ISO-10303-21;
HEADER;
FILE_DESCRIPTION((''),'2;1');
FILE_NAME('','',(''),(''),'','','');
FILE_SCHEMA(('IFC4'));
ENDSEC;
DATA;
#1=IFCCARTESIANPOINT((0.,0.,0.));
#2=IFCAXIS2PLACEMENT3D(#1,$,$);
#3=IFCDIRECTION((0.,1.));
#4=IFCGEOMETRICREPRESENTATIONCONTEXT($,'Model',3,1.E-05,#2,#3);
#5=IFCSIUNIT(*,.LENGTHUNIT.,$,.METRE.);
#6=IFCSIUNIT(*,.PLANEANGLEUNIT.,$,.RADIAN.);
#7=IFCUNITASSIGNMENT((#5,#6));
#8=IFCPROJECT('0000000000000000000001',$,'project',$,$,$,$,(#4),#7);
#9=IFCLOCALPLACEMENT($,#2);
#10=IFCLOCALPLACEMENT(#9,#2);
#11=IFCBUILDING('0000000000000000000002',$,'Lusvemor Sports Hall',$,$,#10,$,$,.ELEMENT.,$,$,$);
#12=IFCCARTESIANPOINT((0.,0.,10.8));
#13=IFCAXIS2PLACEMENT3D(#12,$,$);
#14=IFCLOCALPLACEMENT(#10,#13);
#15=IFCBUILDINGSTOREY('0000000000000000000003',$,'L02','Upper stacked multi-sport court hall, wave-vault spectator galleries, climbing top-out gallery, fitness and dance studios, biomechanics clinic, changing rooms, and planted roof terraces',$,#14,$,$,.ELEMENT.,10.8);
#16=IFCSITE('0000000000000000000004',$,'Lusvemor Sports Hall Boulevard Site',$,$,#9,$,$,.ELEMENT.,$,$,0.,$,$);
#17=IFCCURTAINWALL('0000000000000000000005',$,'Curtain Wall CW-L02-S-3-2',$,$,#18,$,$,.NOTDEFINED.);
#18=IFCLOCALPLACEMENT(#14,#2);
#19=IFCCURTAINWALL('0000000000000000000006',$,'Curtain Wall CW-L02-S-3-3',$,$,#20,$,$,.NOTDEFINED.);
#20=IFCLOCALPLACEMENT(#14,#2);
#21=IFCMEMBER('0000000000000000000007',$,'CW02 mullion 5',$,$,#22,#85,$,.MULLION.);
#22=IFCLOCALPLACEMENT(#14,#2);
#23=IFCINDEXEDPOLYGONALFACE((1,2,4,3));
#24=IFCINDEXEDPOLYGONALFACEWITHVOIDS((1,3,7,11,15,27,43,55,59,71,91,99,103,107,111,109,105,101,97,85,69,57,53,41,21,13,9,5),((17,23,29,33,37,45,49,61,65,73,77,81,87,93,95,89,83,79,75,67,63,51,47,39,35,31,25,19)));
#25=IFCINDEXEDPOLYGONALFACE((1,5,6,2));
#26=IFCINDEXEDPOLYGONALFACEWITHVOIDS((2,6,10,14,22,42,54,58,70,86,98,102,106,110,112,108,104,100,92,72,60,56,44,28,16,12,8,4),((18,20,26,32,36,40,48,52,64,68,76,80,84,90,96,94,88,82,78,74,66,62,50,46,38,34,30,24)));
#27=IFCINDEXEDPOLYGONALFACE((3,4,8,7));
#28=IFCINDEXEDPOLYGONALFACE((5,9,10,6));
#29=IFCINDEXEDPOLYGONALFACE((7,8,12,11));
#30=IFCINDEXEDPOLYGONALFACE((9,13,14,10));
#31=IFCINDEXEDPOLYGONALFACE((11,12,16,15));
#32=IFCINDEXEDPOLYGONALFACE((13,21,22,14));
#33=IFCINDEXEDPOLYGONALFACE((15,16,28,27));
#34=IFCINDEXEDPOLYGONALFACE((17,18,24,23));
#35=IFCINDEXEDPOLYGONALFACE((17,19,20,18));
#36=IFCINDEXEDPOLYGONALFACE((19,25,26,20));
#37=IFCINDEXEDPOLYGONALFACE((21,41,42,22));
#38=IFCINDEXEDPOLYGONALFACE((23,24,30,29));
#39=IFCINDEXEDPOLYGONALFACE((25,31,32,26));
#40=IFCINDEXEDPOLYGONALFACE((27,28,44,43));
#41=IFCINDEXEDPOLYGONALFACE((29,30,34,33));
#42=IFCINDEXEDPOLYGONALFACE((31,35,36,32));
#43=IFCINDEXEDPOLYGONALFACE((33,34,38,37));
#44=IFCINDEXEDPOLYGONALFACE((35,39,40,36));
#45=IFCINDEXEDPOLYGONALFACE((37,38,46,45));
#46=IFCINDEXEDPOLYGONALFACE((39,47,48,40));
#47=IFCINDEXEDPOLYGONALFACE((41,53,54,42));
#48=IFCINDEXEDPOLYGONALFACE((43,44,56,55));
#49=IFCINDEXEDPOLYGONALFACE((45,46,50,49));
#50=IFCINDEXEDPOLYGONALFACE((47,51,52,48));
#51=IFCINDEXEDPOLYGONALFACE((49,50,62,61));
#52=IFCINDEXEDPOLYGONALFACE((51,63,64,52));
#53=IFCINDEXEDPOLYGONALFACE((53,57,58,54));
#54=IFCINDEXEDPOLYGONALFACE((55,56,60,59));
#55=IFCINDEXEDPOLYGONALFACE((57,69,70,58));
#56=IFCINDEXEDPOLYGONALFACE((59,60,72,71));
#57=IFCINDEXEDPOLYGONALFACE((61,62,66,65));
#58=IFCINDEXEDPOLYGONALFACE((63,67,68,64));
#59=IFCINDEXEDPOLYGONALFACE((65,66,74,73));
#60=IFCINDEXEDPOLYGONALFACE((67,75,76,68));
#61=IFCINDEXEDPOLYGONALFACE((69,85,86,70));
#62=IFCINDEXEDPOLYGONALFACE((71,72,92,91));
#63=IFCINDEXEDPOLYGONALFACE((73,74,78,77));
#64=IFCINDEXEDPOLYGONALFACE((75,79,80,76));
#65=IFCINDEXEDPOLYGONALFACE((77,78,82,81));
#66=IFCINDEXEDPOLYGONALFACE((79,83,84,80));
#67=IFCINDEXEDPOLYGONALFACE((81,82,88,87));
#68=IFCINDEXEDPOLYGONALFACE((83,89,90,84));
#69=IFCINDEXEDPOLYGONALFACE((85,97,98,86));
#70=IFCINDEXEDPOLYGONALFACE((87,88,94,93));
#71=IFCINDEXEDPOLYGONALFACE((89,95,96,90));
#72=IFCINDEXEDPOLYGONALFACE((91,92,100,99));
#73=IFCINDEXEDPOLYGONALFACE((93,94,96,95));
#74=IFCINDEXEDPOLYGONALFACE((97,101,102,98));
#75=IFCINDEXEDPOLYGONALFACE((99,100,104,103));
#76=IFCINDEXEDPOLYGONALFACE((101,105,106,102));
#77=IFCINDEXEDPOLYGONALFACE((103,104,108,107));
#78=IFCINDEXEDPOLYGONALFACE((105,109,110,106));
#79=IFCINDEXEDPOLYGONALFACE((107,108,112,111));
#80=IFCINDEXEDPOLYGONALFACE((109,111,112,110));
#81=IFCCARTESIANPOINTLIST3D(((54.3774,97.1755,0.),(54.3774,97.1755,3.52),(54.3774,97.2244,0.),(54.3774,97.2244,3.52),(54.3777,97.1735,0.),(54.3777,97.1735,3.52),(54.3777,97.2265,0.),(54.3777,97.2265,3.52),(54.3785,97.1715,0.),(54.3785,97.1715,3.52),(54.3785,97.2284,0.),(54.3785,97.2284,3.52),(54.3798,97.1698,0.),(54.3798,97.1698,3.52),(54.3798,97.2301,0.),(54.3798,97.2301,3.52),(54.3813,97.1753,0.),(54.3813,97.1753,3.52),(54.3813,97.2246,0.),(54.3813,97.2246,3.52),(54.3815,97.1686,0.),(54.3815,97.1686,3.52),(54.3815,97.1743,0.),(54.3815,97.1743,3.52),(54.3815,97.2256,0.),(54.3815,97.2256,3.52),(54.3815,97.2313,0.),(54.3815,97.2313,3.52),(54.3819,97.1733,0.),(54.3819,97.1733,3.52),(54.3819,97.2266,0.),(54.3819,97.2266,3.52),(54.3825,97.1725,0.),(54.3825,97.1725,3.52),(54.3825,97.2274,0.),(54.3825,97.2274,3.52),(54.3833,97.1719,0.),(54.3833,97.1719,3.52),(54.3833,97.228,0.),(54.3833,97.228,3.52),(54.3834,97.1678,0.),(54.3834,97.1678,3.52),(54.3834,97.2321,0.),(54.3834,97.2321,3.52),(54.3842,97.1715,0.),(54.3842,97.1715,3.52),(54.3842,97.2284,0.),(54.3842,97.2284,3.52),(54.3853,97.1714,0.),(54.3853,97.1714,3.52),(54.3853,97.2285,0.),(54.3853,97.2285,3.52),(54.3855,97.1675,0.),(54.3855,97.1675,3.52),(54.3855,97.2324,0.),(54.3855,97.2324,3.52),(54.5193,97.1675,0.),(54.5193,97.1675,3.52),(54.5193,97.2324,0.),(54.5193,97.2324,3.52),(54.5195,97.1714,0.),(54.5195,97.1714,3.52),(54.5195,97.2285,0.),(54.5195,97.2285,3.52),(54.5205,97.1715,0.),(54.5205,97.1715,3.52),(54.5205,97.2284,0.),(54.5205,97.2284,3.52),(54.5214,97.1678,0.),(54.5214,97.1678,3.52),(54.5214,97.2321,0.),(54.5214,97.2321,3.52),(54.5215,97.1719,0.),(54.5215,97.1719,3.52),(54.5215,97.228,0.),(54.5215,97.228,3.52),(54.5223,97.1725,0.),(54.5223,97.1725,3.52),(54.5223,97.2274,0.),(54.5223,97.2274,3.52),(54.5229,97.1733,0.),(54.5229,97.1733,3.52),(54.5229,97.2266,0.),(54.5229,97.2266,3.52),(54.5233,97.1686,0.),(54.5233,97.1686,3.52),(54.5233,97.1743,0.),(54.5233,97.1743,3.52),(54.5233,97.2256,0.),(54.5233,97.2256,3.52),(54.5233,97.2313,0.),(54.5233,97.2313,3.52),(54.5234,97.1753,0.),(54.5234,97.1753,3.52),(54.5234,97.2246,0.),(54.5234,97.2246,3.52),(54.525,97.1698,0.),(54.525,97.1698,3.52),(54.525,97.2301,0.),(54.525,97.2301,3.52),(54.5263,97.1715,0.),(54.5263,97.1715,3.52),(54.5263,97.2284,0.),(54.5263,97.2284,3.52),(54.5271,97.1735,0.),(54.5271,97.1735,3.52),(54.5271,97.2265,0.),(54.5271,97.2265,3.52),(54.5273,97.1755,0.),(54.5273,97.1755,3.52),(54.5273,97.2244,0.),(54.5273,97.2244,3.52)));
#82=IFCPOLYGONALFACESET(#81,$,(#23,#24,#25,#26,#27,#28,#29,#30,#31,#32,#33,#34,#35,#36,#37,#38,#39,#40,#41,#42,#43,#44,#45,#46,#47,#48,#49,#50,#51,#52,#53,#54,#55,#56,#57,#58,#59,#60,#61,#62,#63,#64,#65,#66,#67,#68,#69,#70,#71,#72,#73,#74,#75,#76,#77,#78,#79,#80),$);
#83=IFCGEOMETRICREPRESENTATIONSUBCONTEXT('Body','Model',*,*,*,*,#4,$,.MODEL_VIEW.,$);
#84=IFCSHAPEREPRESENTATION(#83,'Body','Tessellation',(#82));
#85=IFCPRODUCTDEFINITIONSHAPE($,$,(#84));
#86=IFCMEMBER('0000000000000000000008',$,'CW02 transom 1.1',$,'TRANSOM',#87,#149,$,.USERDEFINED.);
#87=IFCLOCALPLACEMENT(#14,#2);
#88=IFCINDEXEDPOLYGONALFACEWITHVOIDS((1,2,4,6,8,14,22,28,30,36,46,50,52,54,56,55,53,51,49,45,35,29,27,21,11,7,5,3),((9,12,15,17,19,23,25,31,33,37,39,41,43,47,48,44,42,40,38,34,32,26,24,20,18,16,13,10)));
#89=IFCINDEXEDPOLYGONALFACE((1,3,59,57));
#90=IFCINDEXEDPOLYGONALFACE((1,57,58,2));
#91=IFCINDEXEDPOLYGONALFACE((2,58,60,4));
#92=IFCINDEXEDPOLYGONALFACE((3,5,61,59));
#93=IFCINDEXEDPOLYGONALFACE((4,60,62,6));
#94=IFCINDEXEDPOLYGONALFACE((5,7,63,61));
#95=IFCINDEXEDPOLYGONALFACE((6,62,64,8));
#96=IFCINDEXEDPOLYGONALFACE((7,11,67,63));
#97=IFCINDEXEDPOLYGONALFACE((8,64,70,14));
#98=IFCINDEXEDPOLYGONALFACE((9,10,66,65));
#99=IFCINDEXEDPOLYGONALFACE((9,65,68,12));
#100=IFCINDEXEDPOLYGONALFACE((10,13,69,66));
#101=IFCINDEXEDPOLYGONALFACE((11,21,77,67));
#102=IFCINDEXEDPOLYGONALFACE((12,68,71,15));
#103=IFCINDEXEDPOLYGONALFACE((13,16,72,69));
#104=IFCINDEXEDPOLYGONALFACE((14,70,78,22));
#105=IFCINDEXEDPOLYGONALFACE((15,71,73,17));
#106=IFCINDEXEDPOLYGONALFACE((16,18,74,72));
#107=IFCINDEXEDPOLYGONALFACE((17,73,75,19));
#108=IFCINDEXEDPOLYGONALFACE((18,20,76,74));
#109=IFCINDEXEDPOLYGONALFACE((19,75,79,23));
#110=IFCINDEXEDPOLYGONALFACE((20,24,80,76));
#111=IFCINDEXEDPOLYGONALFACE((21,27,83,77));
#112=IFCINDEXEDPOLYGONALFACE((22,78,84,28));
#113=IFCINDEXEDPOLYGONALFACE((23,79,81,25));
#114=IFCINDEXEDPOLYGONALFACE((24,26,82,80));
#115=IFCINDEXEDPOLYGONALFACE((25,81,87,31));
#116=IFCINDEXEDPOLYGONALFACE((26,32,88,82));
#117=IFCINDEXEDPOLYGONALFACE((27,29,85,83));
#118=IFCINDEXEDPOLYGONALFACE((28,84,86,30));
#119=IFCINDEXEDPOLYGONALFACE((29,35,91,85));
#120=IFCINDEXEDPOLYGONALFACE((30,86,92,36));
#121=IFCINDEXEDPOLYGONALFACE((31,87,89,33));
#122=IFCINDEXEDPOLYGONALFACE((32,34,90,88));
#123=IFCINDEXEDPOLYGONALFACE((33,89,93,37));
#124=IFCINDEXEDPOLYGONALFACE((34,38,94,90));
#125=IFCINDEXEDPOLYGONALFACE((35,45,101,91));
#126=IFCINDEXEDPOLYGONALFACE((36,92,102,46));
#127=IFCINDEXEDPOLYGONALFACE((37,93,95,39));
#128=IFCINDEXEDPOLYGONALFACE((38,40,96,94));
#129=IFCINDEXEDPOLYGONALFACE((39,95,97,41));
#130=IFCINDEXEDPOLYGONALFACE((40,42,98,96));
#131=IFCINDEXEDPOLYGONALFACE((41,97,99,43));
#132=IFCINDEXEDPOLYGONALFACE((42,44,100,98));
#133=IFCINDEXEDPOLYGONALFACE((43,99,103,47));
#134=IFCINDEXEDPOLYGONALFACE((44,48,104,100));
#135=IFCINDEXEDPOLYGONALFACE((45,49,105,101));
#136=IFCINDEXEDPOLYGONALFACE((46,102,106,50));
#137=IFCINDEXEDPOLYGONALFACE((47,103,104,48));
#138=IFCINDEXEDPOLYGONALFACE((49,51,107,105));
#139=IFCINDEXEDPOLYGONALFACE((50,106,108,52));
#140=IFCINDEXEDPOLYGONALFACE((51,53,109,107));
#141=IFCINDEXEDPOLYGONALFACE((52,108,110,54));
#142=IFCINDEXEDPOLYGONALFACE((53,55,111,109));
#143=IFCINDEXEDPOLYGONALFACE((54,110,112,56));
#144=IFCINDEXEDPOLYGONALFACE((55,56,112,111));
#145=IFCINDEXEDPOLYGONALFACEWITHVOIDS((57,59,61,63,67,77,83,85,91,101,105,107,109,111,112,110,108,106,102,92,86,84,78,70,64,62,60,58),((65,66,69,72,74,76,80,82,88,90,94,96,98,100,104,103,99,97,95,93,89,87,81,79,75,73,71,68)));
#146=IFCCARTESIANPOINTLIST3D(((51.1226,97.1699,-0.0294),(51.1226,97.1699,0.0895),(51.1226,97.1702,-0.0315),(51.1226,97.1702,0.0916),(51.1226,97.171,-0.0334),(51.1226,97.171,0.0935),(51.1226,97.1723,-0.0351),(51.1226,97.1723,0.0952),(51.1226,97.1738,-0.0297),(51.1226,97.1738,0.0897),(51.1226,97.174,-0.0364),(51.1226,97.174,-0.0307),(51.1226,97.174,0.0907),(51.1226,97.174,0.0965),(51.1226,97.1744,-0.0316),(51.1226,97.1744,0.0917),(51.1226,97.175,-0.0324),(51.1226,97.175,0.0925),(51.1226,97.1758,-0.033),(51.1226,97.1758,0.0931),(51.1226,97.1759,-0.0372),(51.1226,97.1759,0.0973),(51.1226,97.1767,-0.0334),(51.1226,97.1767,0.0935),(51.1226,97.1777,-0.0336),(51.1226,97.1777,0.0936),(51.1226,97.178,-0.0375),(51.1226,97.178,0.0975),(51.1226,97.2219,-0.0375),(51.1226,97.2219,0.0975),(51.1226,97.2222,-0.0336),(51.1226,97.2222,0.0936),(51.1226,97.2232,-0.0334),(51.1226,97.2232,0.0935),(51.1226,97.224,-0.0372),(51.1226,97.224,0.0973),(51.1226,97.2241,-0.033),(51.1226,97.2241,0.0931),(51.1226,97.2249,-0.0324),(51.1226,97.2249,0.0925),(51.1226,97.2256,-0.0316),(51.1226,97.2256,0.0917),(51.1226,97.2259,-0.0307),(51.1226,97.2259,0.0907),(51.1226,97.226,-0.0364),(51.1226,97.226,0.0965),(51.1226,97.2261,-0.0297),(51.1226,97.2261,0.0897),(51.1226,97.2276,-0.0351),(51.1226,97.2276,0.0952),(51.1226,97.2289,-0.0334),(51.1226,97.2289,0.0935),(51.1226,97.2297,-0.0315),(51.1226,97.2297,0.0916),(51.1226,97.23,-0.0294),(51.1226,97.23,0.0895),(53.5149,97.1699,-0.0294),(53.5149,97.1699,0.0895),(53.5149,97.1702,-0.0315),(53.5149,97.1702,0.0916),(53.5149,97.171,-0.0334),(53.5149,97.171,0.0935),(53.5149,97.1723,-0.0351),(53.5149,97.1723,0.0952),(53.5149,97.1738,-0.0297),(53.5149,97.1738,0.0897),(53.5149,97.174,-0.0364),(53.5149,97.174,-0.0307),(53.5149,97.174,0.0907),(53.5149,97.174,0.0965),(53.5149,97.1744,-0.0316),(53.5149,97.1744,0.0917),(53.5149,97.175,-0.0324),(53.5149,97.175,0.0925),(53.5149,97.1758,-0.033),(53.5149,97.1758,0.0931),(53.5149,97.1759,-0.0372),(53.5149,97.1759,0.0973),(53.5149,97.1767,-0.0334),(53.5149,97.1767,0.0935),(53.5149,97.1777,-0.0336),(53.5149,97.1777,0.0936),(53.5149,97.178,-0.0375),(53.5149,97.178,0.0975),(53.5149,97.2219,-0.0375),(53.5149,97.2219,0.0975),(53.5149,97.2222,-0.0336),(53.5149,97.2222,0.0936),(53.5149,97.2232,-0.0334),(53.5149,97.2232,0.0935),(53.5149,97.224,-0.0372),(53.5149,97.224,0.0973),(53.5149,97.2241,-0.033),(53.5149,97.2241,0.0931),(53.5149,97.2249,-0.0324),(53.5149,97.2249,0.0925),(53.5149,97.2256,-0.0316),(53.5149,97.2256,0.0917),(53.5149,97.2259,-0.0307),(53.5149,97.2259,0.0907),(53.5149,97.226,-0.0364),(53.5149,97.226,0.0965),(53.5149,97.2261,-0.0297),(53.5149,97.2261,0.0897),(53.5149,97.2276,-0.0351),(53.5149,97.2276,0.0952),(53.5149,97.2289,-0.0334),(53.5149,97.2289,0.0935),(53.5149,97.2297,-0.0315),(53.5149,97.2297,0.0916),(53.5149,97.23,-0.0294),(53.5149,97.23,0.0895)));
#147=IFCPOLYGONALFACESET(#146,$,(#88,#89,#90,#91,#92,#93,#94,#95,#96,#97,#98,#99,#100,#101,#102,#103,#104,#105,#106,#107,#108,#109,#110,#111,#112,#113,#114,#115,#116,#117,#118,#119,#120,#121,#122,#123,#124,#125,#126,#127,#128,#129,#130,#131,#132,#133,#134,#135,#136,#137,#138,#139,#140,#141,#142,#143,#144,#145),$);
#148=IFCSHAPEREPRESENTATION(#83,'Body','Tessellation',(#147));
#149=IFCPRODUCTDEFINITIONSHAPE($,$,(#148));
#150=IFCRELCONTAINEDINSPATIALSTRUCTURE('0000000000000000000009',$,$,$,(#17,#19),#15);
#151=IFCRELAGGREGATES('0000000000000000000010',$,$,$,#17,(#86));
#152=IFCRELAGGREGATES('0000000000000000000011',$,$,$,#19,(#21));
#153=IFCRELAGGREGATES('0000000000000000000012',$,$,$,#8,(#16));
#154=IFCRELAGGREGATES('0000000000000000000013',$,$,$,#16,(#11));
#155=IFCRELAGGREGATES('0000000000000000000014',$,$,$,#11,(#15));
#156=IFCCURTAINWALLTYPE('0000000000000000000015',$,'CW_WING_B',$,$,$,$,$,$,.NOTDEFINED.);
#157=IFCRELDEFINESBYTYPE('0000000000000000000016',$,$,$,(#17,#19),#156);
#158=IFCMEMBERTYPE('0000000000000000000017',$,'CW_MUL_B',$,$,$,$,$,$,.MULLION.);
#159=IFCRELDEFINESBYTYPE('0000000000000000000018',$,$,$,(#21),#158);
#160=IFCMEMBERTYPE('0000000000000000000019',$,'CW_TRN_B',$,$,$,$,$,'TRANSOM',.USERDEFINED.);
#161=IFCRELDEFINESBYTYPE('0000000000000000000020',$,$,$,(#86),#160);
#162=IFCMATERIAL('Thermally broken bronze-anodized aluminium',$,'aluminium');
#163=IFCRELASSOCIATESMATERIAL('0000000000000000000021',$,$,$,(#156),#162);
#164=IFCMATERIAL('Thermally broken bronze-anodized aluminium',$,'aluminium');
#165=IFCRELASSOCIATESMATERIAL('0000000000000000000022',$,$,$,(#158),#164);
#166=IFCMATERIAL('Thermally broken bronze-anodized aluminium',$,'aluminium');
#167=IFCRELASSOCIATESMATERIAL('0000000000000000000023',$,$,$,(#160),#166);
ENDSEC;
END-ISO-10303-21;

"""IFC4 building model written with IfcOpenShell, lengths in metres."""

from ifc_helpers import new_model, si_unit, direction, frame, origin, origin_2d, place, context, subcontext, project, spatial, hollow_rectangle, extrude, material, material_profile, profile_set, type_object, element, aggregate, save


model = new_model("IFC4")

# Units and contexts
model_context = context("Model", 3, precision=1e-05, world=origin(), true_north=direction((0.0, 1.0)))
body_context = subcontext(model_context, "Body", "Model", "MODEL_VIEW")
ifc_project = project(units=[si_unit("LENGTHUNIT", "METRE"), si_unit("PLANEANGLEUNIT", "RADIAN")], contexts=[model_context])

# Site, building, storey
site_placement = place(None, origin())
site = spatial("IfcSite", under=ifc_project, at=site_placement, Name="Lusvemor Sports Hall Boulevard Site", CompositionType="ELEMENT", RefElevation=0.0)
building_placement = place(site_placement, origin())
building = spatial("IfcBuilding", under=site, at=building_placement, Name="Lusvemor Sports Hall", CompositionType="ELEMENT")
storey_placement = place(building_placement, frame((0.0, 0.0, 10.8)))
storey = spatial("IfcBuildingStorey", under=building, at=storey_placement, Name="L02", Description="Upper stacked multi-sport court hall, wave-vault spectator galleries, climbing top-out gallery, fitness and dance studios, biomechanics clinic, changing rooms, and planted roof terraces", CompositionType="ELEMENT", Elevation=10.8)

# Curtain wall
ifc_material_1 = material(Name="Thermally broken bronze-anodized aluminium", Category="aluminium")
curtain_wall_type = type_object("IfcCurtainWallType", Name="CW_WING_B", PredefinedType="NOTDEFINED", material=ifc_material_1)
curtain_wall_1_placement = place(storey_placement, origin())
curtain_wall_1 = element("IfcCurtainWall", 1, at=curtain_wall_1_placement, inside=storey, type_object=curtain_wall_type, Name="Curtain Wall CW-L02-S-3-2", PredefinedType="NOTDEFINED")
ifc_material_2 = material(Name="Thermally broken bronze-anodized aluminium", Category="aluminium")
ifc_material_profile_1 = material_profile(ifc_material_2, hollow_rectangle(XDim=0.0649, YDim=0.1499, WallThickness=0.0039, InnerFilletRadius=0.0039, OuterFilletRadius=0.0081, at=origin_2d()), Name="CWMUL150x65x4")
ifc_profile_set_1 = profile_set([ifc_material_profile_1], Name="Thermally broken bronze-anodized aluminium")
member_type_1 = type_object("IfcMemberType", Name="CW_MUL_B", PredefinedType="MULLION", material=ifc_profile_set_1)

# Curtain wall, member
curtain_wall_2_placement = place(storey_placement, origin())
curtain_wall_2 = element("IfcCurtainWall", 2, at=curtain_wall_2_placement, inside=storey, type_object=curtain_wall_type, Name="Curtain Wall CW-L02-S-3-3", PredefinedType="NOTDEFINED")
member_1_placement = place(storey_placement, frame((54.4524, 97.2, 0.0), z_axis=(0.0, 0.0, 1.0), x_axis=(0.0, -1.0, 0.0)))
member_1 = element("IfcMember", 3, at=member_1_placement, type_object=member_type_1, Name="CW02 mullion 5", PredefinedType="MULLION", context=body_context, shape_type="SweptSolid", body=[
    extrude(hollow_rectangle(XDim=0.0649, YDim=0.1499, WallThickness=0.0039, InnerFilletRadius=0.0039, OuterFilletRadius=0.0081, at=origin_2d()), origin(), (0.0, 0.0, 1.0), 3.52),
])

# Member
ifc_material_3 = material(Name="Thermally broken bronze-anodized aluminium", Category="aluminium")
ifc_material_profile_2 = material_profile(ifc_material_3, hollow_rectangle(XDim=0.0601, YDim=0.135, WallThickness=0.0039, InnerFilletRadius=0.0039, OuterFilletRadius=0.0081, at=origin_2d()), Name="CWTRN135x60x4")
ifc_profile_set_2 = profile_set([ifc_material_profile_2], Name="Thermally broken bronze-anodized aluminium")
member_type_2 = type_object("IfcMemberType", Name="CW_TRN_B", ElementType="TRANSOM", PredefinedType="USERDEFINED", material=ifc_profile_set_2)
member_2_placement = place(storey_placement, frame((53.5149, 97.2, 0.03), z_axis=(-1.0, 0.0, 0.0), x_axis=(0.0, -1.0, 0.0)))
member_2 = element("IfcMember", 4, at=member_2_placement, type_object=member_type_2, Name="CW02 transom 1.1", ObjectType="TRANSOM", PredefinedType="USERDEFINED", context=body_context, shape_type="SweptSolid", body=[
    extrude(hollow_rectangle(XDim=0.0601, YDim=0.135, WallThickness=0.0039, InnerFilletRadius=0.0039, OuterFilletRadius=0.0081, at=origin_2d()), origin(), (0.0, 0.0, 1.0), 2.3923),
])

aggregate(curtain_wall_1, [member_2])
aggregate(curtain_wall_2, [member_1])

save(model, "model.ifc")
